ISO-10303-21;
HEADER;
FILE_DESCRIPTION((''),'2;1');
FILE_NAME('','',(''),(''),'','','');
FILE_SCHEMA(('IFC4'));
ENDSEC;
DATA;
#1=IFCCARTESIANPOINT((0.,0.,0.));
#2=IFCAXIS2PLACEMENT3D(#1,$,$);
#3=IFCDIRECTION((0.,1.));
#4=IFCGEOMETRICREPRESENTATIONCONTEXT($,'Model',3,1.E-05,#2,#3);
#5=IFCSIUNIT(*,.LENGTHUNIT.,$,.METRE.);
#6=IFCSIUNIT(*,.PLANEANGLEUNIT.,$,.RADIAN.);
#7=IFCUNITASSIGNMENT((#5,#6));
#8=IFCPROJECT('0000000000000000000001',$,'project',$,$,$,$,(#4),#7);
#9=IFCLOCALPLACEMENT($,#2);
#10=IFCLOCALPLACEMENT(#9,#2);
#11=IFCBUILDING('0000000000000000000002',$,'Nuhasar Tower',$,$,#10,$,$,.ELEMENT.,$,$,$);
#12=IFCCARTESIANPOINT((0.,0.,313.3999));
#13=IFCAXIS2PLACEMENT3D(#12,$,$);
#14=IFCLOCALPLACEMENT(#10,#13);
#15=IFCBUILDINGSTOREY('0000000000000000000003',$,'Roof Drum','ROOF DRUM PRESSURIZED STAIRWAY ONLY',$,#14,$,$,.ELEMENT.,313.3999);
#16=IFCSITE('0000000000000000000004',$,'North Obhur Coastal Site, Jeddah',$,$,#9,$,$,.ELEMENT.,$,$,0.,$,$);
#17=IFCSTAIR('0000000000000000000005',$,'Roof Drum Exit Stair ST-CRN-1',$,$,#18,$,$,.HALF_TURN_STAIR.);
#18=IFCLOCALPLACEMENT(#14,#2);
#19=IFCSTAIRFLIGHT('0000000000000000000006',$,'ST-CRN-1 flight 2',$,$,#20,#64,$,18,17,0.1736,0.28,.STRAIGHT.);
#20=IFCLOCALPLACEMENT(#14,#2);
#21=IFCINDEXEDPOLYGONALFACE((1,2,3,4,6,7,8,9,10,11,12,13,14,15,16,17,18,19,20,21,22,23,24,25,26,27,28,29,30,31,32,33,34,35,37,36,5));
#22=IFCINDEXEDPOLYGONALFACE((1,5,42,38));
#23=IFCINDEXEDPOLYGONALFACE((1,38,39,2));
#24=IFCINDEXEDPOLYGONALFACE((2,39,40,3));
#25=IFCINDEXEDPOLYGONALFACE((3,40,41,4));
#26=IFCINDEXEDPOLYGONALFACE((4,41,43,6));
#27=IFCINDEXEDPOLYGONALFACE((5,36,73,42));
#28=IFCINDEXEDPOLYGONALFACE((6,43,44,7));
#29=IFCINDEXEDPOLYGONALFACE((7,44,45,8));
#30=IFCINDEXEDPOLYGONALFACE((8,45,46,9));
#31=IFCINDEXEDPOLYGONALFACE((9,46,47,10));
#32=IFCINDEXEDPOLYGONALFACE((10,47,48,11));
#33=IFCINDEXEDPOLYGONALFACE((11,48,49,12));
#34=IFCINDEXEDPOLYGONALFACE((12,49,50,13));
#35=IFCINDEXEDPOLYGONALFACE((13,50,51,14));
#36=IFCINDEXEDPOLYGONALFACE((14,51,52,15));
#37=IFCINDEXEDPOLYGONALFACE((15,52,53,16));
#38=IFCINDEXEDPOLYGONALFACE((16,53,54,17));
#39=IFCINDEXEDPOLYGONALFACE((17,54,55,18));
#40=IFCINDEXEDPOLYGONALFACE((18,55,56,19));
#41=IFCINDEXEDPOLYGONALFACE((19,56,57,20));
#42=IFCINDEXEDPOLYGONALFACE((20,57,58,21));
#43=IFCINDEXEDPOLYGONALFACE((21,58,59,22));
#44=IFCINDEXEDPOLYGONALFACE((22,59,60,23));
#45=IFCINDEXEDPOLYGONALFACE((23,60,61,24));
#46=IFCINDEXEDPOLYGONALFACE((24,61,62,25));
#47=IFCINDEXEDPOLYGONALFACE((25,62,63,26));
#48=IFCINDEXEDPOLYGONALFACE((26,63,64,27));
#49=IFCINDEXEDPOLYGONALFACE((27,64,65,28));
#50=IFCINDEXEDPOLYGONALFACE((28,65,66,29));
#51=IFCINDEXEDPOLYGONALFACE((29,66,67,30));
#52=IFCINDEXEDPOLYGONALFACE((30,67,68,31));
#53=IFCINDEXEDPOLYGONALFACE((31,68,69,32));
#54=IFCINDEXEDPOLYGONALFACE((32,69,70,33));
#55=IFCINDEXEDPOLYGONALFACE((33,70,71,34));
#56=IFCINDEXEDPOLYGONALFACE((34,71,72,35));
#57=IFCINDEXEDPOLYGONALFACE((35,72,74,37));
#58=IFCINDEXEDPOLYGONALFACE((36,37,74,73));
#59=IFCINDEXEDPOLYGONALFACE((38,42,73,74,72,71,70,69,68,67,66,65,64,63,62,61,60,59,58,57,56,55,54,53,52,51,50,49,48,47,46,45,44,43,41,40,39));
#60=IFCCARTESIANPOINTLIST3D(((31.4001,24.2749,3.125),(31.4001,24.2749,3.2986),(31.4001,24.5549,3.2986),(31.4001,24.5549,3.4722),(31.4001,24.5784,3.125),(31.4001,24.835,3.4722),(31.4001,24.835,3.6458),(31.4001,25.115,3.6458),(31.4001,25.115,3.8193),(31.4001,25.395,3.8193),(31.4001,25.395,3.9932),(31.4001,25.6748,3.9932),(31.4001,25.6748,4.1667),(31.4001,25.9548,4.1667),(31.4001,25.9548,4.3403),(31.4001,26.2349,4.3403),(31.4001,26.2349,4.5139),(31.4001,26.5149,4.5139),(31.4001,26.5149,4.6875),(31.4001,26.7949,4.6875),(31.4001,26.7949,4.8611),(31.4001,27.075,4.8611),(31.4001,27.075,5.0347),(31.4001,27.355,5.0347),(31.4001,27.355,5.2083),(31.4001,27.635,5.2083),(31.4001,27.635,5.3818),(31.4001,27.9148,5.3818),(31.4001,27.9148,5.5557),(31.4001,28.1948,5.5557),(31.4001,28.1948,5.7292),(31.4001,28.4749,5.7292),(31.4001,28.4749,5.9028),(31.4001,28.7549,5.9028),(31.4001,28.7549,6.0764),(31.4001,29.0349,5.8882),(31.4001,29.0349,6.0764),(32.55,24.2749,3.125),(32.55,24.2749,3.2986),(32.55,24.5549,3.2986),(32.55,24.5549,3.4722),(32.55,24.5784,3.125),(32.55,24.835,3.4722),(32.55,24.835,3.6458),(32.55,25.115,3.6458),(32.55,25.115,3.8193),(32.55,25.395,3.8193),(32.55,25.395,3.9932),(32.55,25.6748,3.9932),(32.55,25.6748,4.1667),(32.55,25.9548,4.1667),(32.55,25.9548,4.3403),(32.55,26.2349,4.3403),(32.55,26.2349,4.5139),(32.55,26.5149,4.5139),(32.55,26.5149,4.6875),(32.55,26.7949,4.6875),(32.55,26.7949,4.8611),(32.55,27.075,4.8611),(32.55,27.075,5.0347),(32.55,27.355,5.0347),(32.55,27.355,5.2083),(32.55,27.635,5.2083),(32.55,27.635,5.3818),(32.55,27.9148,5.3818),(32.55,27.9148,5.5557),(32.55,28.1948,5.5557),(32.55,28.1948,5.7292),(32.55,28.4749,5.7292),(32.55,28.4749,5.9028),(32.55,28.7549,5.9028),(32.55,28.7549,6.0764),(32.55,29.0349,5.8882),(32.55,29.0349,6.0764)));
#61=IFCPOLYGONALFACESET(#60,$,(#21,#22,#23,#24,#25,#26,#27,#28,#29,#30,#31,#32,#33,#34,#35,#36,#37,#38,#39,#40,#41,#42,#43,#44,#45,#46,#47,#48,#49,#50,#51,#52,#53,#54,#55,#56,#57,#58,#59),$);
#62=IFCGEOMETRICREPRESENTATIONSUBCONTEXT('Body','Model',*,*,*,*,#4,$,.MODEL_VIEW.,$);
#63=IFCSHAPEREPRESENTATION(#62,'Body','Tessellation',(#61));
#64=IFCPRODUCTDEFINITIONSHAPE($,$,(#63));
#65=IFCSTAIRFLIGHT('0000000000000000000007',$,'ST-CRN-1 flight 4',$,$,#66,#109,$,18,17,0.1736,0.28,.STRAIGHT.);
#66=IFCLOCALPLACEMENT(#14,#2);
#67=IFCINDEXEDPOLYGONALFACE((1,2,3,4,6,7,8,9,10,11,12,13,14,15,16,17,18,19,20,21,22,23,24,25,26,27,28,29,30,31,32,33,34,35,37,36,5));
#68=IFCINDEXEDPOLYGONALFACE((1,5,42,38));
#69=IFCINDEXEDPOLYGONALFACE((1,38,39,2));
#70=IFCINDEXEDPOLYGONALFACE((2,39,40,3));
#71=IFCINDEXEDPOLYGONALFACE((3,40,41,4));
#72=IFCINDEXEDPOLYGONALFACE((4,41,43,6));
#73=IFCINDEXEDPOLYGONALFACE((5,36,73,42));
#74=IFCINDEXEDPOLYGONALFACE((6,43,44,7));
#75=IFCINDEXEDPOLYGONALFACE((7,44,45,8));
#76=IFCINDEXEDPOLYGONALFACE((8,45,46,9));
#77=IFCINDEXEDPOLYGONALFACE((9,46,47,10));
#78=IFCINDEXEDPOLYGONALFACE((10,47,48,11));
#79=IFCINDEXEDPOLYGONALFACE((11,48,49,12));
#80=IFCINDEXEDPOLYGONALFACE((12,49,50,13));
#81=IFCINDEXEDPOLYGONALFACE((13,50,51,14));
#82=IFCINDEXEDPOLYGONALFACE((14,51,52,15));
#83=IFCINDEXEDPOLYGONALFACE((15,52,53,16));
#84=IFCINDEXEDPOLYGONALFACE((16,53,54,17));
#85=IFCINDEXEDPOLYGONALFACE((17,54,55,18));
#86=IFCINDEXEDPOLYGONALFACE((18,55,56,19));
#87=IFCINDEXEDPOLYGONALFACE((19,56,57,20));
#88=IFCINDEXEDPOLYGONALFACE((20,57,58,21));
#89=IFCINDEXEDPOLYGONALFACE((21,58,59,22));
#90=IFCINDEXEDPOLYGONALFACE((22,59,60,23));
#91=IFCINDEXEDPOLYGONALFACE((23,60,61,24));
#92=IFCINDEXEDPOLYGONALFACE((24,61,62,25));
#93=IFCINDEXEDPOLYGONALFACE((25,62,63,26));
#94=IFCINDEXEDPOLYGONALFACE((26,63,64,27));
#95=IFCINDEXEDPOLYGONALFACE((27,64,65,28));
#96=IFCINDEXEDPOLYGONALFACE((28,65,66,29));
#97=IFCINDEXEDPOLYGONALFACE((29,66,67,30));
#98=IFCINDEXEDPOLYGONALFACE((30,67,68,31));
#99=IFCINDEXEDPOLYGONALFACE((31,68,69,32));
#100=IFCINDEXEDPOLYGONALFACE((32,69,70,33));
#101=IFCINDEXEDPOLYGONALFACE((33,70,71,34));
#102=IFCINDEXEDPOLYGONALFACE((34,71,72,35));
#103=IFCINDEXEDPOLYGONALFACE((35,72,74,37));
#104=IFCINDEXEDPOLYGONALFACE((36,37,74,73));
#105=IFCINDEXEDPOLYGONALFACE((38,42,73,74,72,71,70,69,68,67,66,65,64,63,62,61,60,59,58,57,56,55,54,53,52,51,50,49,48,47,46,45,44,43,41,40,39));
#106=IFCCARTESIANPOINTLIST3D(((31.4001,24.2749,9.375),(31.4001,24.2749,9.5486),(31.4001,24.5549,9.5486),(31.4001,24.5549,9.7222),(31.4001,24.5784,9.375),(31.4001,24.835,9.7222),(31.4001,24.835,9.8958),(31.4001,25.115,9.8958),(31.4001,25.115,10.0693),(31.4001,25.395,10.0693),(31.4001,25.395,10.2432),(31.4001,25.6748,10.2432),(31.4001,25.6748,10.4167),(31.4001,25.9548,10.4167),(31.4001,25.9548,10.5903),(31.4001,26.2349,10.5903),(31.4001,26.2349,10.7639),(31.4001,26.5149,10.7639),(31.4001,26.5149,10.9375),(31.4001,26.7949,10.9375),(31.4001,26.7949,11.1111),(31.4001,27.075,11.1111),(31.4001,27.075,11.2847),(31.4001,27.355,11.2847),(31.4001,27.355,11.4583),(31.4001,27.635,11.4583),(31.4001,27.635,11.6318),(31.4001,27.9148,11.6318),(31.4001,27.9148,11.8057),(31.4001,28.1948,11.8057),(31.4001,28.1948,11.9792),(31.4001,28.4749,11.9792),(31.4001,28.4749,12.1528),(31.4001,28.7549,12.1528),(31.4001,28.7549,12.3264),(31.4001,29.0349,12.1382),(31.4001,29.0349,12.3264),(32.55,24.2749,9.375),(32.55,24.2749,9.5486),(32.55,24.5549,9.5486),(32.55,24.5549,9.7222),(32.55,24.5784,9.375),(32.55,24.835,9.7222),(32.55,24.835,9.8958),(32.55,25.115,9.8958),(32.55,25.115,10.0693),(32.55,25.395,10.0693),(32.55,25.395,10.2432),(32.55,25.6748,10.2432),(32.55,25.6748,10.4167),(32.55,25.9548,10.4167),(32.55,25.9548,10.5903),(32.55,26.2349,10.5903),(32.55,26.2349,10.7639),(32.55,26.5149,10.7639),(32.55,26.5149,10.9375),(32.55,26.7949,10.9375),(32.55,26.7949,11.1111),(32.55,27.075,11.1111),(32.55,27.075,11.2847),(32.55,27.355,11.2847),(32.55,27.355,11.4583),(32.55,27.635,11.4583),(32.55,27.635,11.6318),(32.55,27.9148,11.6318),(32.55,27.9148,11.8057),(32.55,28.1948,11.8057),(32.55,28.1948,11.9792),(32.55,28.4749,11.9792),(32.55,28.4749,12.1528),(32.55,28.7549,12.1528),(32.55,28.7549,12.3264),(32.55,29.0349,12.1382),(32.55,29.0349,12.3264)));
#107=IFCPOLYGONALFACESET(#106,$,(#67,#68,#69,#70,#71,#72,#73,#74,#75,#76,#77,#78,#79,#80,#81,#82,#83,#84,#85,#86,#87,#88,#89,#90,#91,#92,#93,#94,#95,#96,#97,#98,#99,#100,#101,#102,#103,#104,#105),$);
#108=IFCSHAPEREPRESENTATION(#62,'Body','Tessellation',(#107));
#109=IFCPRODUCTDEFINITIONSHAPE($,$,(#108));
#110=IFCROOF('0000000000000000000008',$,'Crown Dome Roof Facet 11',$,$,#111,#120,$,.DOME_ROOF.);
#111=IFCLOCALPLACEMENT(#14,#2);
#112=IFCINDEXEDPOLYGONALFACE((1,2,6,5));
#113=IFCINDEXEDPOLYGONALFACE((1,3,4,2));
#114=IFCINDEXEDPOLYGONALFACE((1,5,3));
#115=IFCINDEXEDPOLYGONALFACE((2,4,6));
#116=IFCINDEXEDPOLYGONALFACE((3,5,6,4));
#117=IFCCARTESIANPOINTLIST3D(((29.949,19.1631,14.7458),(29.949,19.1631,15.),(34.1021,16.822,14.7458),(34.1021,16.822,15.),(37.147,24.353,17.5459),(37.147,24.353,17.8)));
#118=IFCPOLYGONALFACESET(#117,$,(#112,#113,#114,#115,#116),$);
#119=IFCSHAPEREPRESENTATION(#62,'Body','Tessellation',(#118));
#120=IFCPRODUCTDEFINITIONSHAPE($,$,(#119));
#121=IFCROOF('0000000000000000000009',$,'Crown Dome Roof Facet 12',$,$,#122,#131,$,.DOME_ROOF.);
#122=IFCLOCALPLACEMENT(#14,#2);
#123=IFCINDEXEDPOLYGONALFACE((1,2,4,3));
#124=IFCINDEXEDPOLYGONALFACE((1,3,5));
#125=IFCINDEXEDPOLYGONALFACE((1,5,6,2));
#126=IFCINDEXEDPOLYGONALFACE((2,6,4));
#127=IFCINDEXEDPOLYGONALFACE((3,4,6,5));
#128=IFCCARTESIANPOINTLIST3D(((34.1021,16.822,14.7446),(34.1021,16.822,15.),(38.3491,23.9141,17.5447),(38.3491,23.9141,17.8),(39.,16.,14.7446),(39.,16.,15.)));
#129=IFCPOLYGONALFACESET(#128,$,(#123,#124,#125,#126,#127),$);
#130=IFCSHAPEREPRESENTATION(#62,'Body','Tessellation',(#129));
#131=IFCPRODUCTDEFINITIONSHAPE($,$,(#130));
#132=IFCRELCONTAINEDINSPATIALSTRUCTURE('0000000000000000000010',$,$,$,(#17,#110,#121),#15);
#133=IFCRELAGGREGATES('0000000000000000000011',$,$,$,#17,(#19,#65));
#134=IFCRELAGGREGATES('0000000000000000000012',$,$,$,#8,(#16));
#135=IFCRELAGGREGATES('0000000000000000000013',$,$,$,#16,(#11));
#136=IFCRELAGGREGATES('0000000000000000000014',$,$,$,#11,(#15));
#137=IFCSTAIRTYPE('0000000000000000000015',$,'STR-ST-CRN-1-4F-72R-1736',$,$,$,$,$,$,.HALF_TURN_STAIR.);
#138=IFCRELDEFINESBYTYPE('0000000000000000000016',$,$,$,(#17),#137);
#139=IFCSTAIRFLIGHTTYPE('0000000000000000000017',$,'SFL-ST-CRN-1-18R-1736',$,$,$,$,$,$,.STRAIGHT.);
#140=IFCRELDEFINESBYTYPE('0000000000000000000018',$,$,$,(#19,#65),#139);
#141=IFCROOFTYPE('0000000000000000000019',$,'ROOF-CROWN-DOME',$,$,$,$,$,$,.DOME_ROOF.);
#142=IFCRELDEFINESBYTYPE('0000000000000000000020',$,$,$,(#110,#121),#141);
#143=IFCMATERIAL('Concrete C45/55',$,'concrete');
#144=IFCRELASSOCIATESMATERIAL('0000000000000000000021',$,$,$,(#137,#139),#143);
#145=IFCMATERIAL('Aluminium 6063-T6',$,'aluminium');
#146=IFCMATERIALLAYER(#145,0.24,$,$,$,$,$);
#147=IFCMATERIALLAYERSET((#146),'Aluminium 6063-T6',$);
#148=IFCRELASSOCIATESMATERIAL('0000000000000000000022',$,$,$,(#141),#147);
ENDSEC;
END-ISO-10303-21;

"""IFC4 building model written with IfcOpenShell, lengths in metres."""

from ifc_helpers import new_model, si_unit, direction, frame, origin, place, context, subcontext, project, spatial, polyline, outline, extrude, material, layer, layer_set, type_object, element, aggregate, save


model = new_model("IFC4")

# Units and contexts
model_context = context("Model", 3, precision=1e-05, world=origin(), true_north=direction((0.0, 1.0)))
body_context = subcontext(model_context, "Body", "Model", "MODEL_VIEW")
ifc_project = project(units=[si_unit("LENGTHUNIT", "METRE"), si_unit("PLANEANGLEUNIT", "RADIAN")], contexts=[model_context])

# Site, building, storey
site_placement = place(None, origin())
site = spatial("IfcSite", under=ifc_project, at=site_placement, Name="North Obhur Coastal Site, Jeddah", CompositionType="ELEMENT", RefElevation=0.0)
building_placement = place(site_placement, origin())
building = spatial("IfcBuilding", under=site, at=building_placement, Name="Nuhasar Tower", CompositionType="ELEMENT")
storey_placement = place(building_placement, frame((0.0, 0.0, 313.3999)))
storey = spatial("IfcBuildingStorey", under=building, at=storey_placement, Name="Roof Drum", Description="ROOF DRUM PRESSURIZED STAIRWAY ONLY", CompositionType="ELEMENT", Elevation=313.3999)

# Shared definitions
ifc_material_1 = material(Name="Aluminium 6063-T6", Category="aluminium")

# Shared definitions
ifc_material_2 = material(Name="Concrete C45/55", Category="concrete")

# Stair, stair flights
stair_type = type_object("IfcStairType", Name="STR-ST-CRN-1-4F-72R-1736", PredefinedType="HALF_TURN_STAIR", material=ifc_material_2)
stair_placement = place(storey_placement, origin())
stair = element("IfcStair", 1, at=stair_placement, inside=storey, type_object=stair_type, Name="Roof Drum Exit Stair ST-CRN-1", PredefinedType="HALF_TURN_STAIR")
stair_flight_type = type_object("IfcStairFlightType", Name="SFL-ST-CRN-1-18R-1736", PredefinedType="STRAIGHT", material=ifc_material_2)
stair_flight_1_placement = place(storey_placement, frame((31.9751, 24.2749, 3.125), z_axis=(0.0, 0.0, 1.0), x_axis=(0.0, 1.0, 0.0)))
stair_flight_1 = element("IfcStairFlight", 2, at=stair_flight_1_placement, type_object=stair_flight_type, Name="ST-CRN-1 flight 2", NumberOfRisers=18, NumberOfTreads=17, PredefinedType="STRAIGHT", RiserHeight=0.1736, TreadLength=0.28, context=body_context, shape_type="SweptSolid", body=[
    extrude(outline(polyline([(0.0, 0.0), (0.0, 0.1736), (0.28, 0.1736), (0.28, 0.3472), (0.5601, 0.3472), (0.5601, 0.5208), (0.8401, 0.5208), (0.8401, 0.6943), (1.1201, 0.6943), (1.1201, 0.8682), (1.3999, 0.8682), (1.3999, 1.0417), (1.6799, 1.0417), (1.6799, 1.2153), (1.96, 1.2153), (1.96, 1.3889), (2.24, 1.3889), (2.24, 1.5625), (2.52, 1.5625), (2.52, 1.7361), (2.8, 1.7361), (2.8, 1.9097), (3.0801, 1.9097), (3.0801, 2.0833), (3.3601, 2.0833), (3.3601, 2.2568), (3.6399, 2.2568), (3.6399, 2.4307), (3.9199, 2.4307), (3.9199, 2.6042), (4.2, 2.6042), (4.2, 2.7778), (4.48, 2.7778), (4.48, 2.9514), (4.76, 2.9514), (4.76, 3.125), (4.76, 2.7632), (0.3035, 0.0), (0.0, 0.0)])), frame((0.0, 0.575, 0.0), z_axis=(0.0, -1.0, 0.0), x_axis=(1.0, 0.0, 0.0)), (0.0, 0.0, 1.0), 1.1499),
])
stair_flight_2_placement = place(storey_placement, frame((31.9751, 24.2749, 9.375), z_axis=(0.0, 0.0, 1.0), x_axis=(0.0, 1.0, 0.0)))
stair_flight_2 = element("IfcStairFlight", 3, at=stair_flight_2_placement, type_object=stair_flight_type, Name="ST-CRN-1 flight 4", NumberOfRisers=18, NumberOfTreads=17, PredefinedType="STRAIGHT", RiserHeight=0.1736, TreadLength=0.28, context=body_context, shape_type="SweptSolid", body=[
    extrude(outline(polyline([(0.0, 0.0), (0.0, 0.1736), (0.28, 0.1736), (0.28, 0.3472), (0.5601, 0.3472), (0.5601, 0.5208), (0.8401, 0.5208), (0.8401, 0.6943), (1.1201, 0.6943), (1.1201, 0.8682), (1.3999, 0.8682), (1.3999, 1.0417), (1.6799, 1.0417), (1.6799, 1.2153), (1.96, 1.2153), (1.96, 1.3889), (2.24, 1.3889), (2.24, 1.5625), (2.52, 1.5625), (2.52, 1.7361), (2.8, 1.7361), (2.8, 1.9097), (3.0801, 1.9097), (3.0801, 2.0833), (3.3601, 2.0833), (3.3601, 2.2568), (3.6399, 2.2568), (3.6399, 2.4307), (3.9199, 2.4307), (3.9199, 2.6042), (4.2, 2.6042), (4.2, 2.7778), (4.48, 2.7778), (4.48, 2.9514), (4.76, 2.9514), (4.76, 3.125), (4.76, 2.7632), (0.3035, 0.0), (0.0, 0.0)])), frame((0.0, 0.575, 0.0), z_axis=(0.0, -1.0, 0.0), x_axis=(1.0, 0.0, 0.0)), (0.0, 0.0, 1.0), 1.1499),
])
aggregate(stair, [stair_flight_1, stair_flight_2])

# Roofs
ifc_layer_1 = layer(ifc_material_1, 0.24)
ifc_layer_set_1 = layer_set([ifc_layer_1], Name="Aluminium 6063-T6")
roof_type = type_object("IfcRoofType", Name="ROOF-CROWN-DOME", PredefinedType="DOME_ROOF", material=ifc_layer_set_1)
roof_1_placement = place(storey_placement, frame((29.949, 19.1631, 15.0), z_axis=(-0.161221, -0.286008, 0.944567), x_axis=(0.871131, -0.491051, 0.0)))
element("IfcRoof", 4, at=roof_1_placement, inside=storey, type_object=roof_type, Name="Crown Dome Roof Facet 11", PredefinedType="DOME_ROOF", context=body_context, shape_type="SweptSolid", body=[
    extrude(outline(polyline([(0.0, 0.0), (4.7675, 0.0), (3.7219, 8.5285), (0.0, 0.0)])), origin(), (0.0, -0.328318, -0.944567), 0.2542),
])
roof_2_placement = place(storey_placement, frame((34.1021, 16.822, 15.0), z_axis=(-0.056583, -0.337144, 0.939751), x_axis=(0.986207, -0.165515, 0.0)))
element("IfcRoof", 5, at=roof_2_placement, inside=storey, type_object=roof_type, Name="Crown Dome Roof Facet 12", PredefinedType="DOME_ROOF", context=body_context, shape_type="SweptSolid", body=[
    extrude(outline(polyline([(0.0, 0.0), (4.9665, 0.0), (3.0147, 8.1907), (0.0, 0.0)])), origin(), (0.0, -0.341859, -0.939751), 0.2554),
])

save(model, "model.ifc")
